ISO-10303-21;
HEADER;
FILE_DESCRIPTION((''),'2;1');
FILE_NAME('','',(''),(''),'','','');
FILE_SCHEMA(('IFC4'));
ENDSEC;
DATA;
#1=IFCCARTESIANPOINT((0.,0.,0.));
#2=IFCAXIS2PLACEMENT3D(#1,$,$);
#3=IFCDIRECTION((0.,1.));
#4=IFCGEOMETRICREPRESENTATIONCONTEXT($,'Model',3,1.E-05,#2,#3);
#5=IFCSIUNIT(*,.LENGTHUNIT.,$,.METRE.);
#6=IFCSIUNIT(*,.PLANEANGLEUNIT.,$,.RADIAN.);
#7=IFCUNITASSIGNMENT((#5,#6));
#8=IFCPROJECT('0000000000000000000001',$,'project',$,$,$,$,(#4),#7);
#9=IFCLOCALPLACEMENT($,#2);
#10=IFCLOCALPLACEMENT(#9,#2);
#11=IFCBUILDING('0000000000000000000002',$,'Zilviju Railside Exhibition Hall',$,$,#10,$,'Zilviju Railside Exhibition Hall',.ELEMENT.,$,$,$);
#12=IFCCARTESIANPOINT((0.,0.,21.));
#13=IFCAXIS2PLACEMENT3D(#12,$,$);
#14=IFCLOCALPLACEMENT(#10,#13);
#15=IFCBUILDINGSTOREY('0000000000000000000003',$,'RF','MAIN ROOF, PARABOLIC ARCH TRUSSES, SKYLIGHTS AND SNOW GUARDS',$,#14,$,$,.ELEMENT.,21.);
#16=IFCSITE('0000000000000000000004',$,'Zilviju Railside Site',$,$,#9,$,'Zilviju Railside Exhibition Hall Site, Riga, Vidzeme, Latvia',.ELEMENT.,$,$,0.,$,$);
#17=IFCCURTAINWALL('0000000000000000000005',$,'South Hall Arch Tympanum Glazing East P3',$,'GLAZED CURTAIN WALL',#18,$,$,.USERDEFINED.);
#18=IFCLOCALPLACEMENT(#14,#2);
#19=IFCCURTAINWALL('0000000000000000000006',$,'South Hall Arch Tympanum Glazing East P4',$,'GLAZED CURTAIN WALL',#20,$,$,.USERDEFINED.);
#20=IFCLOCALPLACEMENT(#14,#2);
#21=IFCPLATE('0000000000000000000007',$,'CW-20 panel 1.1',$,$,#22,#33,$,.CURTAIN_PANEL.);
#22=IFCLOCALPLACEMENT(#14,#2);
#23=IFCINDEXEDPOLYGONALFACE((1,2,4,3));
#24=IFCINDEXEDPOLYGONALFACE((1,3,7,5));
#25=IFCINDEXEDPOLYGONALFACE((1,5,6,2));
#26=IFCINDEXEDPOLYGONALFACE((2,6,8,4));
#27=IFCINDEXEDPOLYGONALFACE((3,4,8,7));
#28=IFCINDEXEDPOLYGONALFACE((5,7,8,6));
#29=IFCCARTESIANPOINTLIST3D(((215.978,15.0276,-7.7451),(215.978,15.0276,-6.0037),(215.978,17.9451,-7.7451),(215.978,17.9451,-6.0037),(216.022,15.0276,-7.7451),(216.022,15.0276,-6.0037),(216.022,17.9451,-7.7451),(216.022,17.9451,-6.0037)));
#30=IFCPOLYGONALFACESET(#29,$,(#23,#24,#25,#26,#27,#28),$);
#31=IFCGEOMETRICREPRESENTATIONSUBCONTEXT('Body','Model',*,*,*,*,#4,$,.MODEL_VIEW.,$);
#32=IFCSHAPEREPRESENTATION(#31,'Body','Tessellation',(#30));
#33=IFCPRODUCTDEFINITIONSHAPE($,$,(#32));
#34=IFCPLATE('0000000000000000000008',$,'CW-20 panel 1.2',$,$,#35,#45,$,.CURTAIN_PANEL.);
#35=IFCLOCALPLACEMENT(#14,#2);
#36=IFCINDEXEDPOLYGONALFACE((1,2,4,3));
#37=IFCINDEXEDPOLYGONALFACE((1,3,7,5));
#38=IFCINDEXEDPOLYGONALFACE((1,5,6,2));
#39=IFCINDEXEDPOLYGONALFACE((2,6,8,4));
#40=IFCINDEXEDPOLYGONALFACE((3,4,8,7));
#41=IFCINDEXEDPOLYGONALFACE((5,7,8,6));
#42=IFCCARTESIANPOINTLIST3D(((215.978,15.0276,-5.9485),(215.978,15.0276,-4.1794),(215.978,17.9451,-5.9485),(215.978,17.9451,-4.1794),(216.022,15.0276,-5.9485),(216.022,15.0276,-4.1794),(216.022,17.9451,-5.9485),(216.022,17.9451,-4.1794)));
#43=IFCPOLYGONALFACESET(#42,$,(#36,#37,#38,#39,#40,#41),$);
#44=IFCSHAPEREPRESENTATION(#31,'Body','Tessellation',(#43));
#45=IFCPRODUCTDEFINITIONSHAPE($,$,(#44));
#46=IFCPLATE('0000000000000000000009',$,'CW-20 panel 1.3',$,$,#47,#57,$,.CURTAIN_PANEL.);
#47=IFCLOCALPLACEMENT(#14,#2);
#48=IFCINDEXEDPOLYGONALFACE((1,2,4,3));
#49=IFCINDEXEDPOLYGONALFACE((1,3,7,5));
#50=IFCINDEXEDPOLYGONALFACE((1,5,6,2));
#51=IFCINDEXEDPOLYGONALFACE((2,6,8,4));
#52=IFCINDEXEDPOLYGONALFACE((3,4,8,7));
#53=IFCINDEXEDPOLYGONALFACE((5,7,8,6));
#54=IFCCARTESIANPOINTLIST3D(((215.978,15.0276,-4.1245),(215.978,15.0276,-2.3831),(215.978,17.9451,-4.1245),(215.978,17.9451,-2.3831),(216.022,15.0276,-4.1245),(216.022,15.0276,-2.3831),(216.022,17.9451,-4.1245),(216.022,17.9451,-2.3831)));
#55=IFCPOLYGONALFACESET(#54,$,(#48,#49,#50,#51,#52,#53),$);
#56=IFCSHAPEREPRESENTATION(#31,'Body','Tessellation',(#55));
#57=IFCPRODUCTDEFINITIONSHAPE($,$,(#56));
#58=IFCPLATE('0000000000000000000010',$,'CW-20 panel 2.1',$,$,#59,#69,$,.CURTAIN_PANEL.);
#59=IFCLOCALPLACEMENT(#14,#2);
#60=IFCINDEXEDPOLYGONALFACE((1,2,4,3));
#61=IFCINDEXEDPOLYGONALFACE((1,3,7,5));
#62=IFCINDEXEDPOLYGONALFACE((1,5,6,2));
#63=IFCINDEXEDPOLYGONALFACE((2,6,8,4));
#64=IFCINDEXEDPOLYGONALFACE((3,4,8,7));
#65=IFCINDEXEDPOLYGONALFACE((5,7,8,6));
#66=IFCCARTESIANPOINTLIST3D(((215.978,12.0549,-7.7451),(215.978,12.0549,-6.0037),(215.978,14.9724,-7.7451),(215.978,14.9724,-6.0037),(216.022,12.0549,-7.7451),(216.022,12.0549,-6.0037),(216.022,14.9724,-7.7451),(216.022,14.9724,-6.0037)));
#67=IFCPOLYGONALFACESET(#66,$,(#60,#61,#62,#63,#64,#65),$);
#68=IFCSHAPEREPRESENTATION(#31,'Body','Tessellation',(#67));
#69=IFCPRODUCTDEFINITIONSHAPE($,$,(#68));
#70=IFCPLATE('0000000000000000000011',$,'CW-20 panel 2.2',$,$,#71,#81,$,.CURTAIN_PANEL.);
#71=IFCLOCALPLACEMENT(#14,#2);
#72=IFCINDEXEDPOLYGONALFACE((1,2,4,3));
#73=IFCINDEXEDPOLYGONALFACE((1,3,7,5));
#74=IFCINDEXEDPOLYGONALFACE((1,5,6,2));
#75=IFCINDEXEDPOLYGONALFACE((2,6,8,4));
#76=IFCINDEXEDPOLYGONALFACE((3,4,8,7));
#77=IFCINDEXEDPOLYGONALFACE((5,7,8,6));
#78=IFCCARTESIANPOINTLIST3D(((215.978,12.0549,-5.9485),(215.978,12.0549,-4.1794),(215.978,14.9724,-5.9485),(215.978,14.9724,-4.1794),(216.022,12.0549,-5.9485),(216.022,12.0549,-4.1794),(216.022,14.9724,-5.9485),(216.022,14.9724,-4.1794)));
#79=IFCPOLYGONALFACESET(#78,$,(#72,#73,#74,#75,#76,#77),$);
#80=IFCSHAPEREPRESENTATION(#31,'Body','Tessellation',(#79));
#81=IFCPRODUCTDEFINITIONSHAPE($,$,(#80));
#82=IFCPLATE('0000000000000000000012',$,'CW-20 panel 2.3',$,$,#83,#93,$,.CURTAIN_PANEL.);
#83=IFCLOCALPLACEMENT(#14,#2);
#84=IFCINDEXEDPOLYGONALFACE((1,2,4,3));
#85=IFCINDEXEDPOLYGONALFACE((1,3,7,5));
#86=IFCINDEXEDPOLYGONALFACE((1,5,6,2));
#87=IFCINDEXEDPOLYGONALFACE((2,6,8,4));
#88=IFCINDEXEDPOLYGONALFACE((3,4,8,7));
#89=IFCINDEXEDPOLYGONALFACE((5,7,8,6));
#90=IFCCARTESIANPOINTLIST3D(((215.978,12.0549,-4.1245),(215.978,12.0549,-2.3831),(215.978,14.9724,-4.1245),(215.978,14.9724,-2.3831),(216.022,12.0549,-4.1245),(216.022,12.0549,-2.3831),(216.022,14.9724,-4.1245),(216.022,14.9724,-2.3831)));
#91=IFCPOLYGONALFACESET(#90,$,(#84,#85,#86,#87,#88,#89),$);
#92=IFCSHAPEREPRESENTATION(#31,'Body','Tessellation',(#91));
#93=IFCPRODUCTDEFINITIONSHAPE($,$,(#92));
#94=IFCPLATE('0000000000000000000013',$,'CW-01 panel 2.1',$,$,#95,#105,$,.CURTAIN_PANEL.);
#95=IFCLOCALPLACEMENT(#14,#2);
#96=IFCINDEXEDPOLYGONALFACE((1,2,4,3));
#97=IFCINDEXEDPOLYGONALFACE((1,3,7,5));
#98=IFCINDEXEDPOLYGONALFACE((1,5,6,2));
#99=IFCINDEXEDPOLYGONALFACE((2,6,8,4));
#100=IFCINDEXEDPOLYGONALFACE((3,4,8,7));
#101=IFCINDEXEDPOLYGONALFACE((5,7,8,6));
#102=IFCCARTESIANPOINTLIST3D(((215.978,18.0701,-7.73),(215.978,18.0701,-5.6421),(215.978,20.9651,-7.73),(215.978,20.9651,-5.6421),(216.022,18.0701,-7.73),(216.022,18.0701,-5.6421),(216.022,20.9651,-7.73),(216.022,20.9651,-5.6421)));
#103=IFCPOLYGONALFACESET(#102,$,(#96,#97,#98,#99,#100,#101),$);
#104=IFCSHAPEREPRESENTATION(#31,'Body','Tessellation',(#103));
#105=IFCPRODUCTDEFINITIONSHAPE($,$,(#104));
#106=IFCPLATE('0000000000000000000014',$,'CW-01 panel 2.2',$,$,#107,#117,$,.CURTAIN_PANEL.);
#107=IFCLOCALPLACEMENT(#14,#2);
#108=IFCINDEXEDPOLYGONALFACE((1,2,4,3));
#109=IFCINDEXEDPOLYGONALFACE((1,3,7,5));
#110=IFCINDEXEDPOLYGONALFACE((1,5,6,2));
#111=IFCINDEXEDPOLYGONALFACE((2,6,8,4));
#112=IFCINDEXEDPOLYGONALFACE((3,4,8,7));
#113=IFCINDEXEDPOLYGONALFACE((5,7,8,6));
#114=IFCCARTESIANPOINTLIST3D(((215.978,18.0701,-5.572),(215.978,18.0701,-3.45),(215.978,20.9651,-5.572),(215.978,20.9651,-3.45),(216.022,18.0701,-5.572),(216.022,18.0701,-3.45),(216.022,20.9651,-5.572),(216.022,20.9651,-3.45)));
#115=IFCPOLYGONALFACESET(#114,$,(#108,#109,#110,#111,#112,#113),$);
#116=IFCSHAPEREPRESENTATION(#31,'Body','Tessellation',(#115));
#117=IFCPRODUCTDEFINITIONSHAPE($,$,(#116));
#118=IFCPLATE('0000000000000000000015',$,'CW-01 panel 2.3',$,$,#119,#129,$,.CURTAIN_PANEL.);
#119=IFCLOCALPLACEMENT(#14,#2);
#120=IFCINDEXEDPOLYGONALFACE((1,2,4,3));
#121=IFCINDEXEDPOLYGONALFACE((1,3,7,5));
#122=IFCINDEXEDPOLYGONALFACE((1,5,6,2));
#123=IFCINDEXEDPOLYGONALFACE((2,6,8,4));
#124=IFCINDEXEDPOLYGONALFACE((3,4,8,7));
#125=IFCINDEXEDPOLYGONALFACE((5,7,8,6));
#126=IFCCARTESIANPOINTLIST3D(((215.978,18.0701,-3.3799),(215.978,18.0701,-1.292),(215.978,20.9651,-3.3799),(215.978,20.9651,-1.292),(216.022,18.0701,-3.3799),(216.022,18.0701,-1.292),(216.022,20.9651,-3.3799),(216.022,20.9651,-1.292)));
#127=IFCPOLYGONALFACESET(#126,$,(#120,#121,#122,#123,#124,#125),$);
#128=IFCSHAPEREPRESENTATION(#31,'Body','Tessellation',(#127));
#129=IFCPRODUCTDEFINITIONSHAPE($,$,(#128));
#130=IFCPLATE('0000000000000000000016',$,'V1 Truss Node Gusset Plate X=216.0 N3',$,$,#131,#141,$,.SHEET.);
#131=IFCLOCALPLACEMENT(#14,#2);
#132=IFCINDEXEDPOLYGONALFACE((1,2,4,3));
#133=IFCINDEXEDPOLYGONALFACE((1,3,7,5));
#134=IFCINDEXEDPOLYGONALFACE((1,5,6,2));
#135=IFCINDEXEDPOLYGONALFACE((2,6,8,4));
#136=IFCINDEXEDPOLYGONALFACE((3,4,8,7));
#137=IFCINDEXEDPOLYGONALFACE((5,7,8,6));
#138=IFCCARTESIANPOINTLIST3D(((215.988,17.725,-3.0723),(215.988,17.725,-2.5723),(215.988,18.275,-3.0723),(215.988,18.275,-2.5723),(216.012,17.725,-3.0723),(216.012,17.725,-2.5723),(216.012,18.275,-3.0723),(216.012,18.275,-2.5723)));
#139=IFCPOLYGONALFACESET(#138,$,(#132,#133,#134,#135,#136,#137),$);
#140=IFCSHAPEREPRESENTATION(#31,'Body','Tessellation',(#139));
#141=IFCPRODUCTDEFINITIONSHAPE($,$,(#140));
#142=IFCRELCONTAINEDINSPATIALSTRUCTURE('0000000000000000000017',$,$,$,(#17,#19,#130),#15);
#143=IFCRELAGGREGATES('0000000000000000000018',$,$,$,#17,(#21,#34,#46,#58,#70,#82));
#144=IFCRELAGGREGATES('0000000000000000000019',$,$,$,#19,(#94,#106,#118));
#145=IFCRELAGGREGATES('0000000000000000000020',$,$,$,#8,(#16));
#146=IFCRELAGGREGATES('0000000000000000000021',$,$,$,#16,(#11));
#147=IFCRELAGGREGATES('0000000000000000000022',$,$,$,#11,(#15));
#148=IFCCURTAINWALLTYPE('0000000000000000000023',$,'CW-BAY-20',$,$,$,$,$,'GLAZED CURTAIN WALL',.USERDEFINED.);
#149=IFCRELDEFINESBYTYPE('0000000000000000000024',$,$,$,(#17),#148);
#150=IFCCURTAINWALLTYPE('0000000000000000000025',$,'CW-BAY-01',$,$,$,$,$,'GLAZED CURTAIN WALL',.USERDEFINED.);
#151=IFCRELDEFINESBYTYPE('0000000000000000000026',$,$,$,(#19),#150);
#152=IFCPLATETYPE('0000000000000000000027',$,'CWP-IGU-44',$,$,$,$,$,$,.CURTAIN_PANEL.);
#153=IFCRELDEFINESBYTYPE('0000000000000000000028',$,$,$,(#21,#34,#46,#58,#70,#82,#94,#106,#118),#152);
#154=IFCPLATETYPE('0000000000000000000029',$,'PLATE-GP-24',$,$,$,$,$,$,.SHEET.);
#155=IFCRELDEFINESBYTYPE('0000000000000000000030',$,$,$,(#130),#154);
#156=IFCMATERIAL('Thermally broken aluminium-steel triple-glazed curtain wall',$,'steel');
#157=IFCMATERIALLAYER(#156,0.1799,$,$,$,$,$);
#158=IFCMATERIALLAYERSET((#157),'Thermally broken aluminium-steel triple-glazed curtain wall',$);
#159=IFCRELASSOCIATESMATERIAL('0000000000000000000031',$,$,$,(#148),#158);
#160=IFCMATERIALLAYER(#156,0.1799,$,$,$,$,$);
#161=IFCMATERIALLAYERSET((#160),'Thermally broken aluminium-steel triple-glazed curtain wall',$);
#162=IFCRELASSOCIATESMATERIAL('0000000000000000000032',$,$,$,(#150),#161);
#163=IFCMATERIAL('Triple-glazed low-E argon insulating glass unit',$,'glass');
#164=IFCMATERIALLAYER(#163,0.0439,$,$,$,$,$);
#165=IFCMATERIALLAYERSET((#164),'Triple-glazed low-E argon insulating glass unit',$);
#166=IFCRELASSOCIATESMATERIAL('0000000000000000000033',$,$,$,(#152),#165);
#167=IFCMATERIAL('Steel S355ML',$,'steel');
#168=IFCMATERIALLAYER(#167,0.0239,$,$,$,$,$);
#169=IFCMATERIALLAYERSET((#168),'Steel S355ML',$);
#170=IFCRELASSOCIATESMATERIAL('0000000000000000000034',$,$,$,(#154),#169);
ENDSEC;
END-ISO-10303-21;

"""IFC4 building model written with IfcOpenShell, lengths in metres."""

from ifc_helpers import new_model, si_unit, direction, frame, origin, origin_2d, place, context, subcontext, project, spatial, rectangle, extrude, material, layer, layer_set, type_object, element, aggregate, save


model = new_model("IFC4")

# Units and contexts
model_context = context("Model", 3, precision=1e-05, world=origin(), true_north=direction((0.0, 1.0)))
body_context = subcontext(model_context, "Body", "Model", "MODEL_VIEW")
ifc_project = project(units=[si_unit("LENGTHUNIT", "METRE"), si_unit("PLANEANGLEUNIT", "RADIAN")], contexts=[model_context])

# Site, building, storey
site_placement = place(None, origin())
site = spatial("IfcSite", under=ifc_project, at=site_placement, Name="Zilviju Railside Site", LongName="Zilviju Railside Exhibition Hall Site, Riga, Vidzeme, Latvia", CompositionType="ELEMENT", RefElevation=0.0)
building_placement = place(site_placement, origin())
building = spatial("IfcBuilding", under=site, at=building_placement, Name="Zilviju Railside Exhibition Hall", LongName="Zilviju Railside Exhibition Hall", CompositionType="ELEMENT")
storey_placement = place(building_placement, frame((0.0, 0.0, 21.0)))
storey = spatial("IfcBuildingStorey", under=building, at=storey_placement, Name="RF", Description="MAIN ROOF, PARABOLIC ARCH TRUSSES, SKYLIGHTS AND SNOW GUARDS", CompositionType="ELEMENT", Elevation=21.0)

# Curtain wall
ifc_material_1 = material(Name="Thermally broken aluminium-steel triple-glazed curtain wall", Category="steel")
ifc_layer_1 = layer(ifc_material_1, 0.1799)
ifc_layer_set_1 = layer_set([ifc_layer_1], Name="Thermally broken aluminium-steel triple-glazed curtain wall")
curtain_wall_type_1 = type_object("IfcCurtainWallType", Name="CW-BAY-20", ElementType="GLAZED CURTAIN WALL", PredefinedType="USERDEFINED", material=ifc_layer_set_1)
curtain_wall_1_placement = place(storey_placement, origin())
curtain_wall_1 = element("IfcCurtainWall", 1, at=curtain_wall_1_placement, inside=storey, type_object=curtain_wall_type_1, Name="South Hall Arch Tympanum Glazing East P3", ObjectType="GLAZED CURTAIN WALL", PredefinedType="USERDEFINED")

# Curtain wall
ifc_layer_2 = layer(ifc_material_1, 0.1799)
ifc_layer_set_2 = layer_set([ifc_layer_2], Name="Thermally broken aluminium-steel triple-glazed curtain wall")
curtain_wall_type_2 = type_object("IfcCurtainWallType", Name="CW-BAY-01", ElementType="GLAZED CURTAIN WALL", PredefinedType="USERDEFINED", material=ifc_layer_set_2)
curtain_wall_2_placement = place(storey_placement, origin())
curtain_wall_2 = element("IfcCurtainWall", 2, at=curtain_wall_2_placement, inside=storey, type_object=curtain_wall_type_2, Name="South Hall Arch Tympanum Glazing East P4", ObjectType="GLAZED CURTAIN WALL", PredefinedType="USERDEFINED")

# Shared definitions
ifc_material_2 = material(Name="Steel S355ML", Category="steel")

# Plates
ifc_material_3 = material(Name="Triple-glazed low-E argon insulating glass unit", Category="glass")
ifc_layer_3 = layer(ifc_material_3, 0.0439)
ifc_layer_set_3 = layer_set([ifc_layer_3], Name="Triple-glazed low-E argon insulating glass unit")
plate_type_1 = type_object("IfcPlateType", Name="CWP-IGU-44", PredefinedType="CURTAIN_PANEL", material=ifc_layer_set_3)
plate_1_placement = place(storey_placement, frame((216.0, 16.4863, -7.7451), z_axis=(0.0, 0.0, 1.0), x_axis=(0.0, -1.0, 0.0)))
plate_1 = element("IfcPlate", 3, at=plate_1_placement, type_object=plate_type_1, Name="CW-20 panel 1.1", PredefinedType="CURTAIN_PANEL", context=body_context, shape_type="SweptSolid", body=[
    extrude(rectangle(XDim=2.9175, YDim=0.0439, at=origin_2d()), origin(), (0.0, 0.0, 1.0), 1.7415),
])
plate_2_placement = place(storey_placement, frame((216.0, 16.4863, -5.9485), z_axis=(0.0, 0.0, 1.0), x_axis=(0.0, -1.0, 0.0)))
plate_2 = element("IfcPlate", 4, at=plate_2_placement, type_object=plate_type_1, Name="CW-20 panel 1.2", PredefinedType="CURTAIN_PANEL", context=body_context, shape_type="SweptSolid", body=[
    extrude(rectangle(XDim=2.9175, YDim=0.0439, at=origin_2d()), origin(), (0.0, 0.0, 1.0), 1.769),
])
plate_3_placement = place(storey_placement, frame((216.0, 16.4863, -4.1245), z_axis=(0.0, 0.0, 1.0), x_axis=(0.0, -1.0, 0.0)))
plate_3 = element("IfcPlate", 5, at=plate_3_placement, type_object=plate_type_1, Name="CW-20 panel 1.3", PredefinedType="CURTAIN_PANEL", context=body_context, shape_type="SweptSolid", body=[
    extrude(rectangle(XDim=2.9175, YDim=0.0439, at=origin_2d()), origin(), (0.0, 0.0, 1.0), 1.7415),
])
plate_4_placement = place(storey_placement, frame((216.0, 13.5137, -7.7451), z_axis=(0.0, 0.0, 1.0), x_axis=(0.0, -1.0, 0.0)))
plate_4 = element("IfcPlate", 6, at=plate_4_placement, type_object=plate_type_1, Name="CW-20 panel 2.1", PredefinedType="CURTAIN_PANEL", context=body_context, shape_type="SweptSolid", body=[
    extrude(rectangle(XDim=2.9175, YDim=0.0439, at=origin_2d()), origin(), (0.0, 0.0, 1.0), 1.7415),
])
plate_5_placement = place(storey_placement, frame((216.0, 13.5137, -5.9485), z_axis=(0.0, 0.0, 1.0), x_axis=(0.0, -1.0, 0.0)))
plate_5 = element("IfcPlate", 7, at=plate_5_placement, type_object=plate_type_1, Name="CW-20 panel 2.2", PredefinedType="CURTAIN_PANEL", context=body_context, shape_type="SweptSolid", body=[
    extrude(rectangle(XDim=2.9175, YDim=0.0439, at=origin_2d()), origin(), (0.0, 0.0, 1.0), 1.769),
])
plate_6_placement = place(storey_placement, frame((216.0, 13.5137, -4.1245), z_axis=(0.0, 0.0, 1.0), x_axis=(0.0, -1.0, 0.0)))
plate_6 = element("IfcPlate", 8, at=plate_6_placement, type_object=plate_type_1, Name="CW-20 panel 2.3", PredefinedType="CURTAIN_PANEL", context=body_context, shape_type="SweptSolid", body=[
    extrude(rectangle(XDim=2.9175, YDim=0.0439, at=origin_2d()), origin(), (0.0, 0.0, 1.0), 1.7415),
])
aggregate(curtain_wall_1, [plate_1, plate_2, plate_3, plate_4, plate_5, plate_6])
plate_7_placement = place(storey_placement, frame((216.0, 19.5176, -7.73), z_axis=(0.0, 0.0, 1.0), x_axis=(0.0, -1.0, 0.0)))
plate_7 = element("IfcPlate", 9, at=plate_7_placement, type_object=plate_type_1, Name="CW-01 panel 2.1", PredefinedType="CURTAIN_PANEL", context=body_context, shape_type="SweptSolid", body=[
    extrude(rectangle(XDim=2.895, YDim=0.0439, at=origin_2d()), origin(), (0.0, 0.0, 1.0), 2.0879),
])
plate_8_placement = place(storey_placement, frame((216.0, 19.5176, -5.572), z_axis=(0.0, 0.0, 1.0), x_axis=(0.0, -1.0, 0.0)))
plate_8 = element("IfcPlate", 10, at=plate_8_placement, type_object=plate_type_1, Name="CW-01 panel 2.2", PredefinedType="CURTAIN_PANEL", context=body_context, shape_type="SweptSolid", body=[
    extrude(rectangle(XDim=2.895, YDim=0.0439, at=origin_2d()), origin(), (0.0, 0.0, 1.0), 2.1221),
])
plate_9_placement = place(storey_placement, frame((216.0, 19.5176, -3.3799), z_axis=(0.0, 0.0, 1.0), x_axis=(0.0, -1.0, 0.0)))
plate_9 = element("IfcPlate", 11, at=plate_9_placement, type_object=plate_type_1, Name="CW-01 panel 2.3", PredefinedType="CURTAIN_PANEL", context=body_context, shape_type="SweptSolid", body=[
    extrude(rectangle(XDim=2.895, YDim=0.0439, at=origin_2d()), origin(), (0.0, 0.0, 1.0), 2.0879),
])
aggregate(curtain_wall_2, [plate_7, plate_8, plate_9])
ifc_layer_4 = layer(ifc_material_2, 0.0239)
ifc_layer_set_4 = layer_set([ifc_layer_4], Name="Steel S355ML")
plate_type_2 = type_object("IfcPlateType", Name="PLATE-GP-24", PredefinedType="SHEET", material=ifc_layer_set_4)
plate_10_placement = place(storey_placement, frame((216.0, 18.0, -3.0723), z_axis=(0.0, 0.0, 1.0), x_axis=(1.0, 0.0, 0.0)))
element("IfcPlate", 12, at=plate_10_placement, inside=storey, type_object=plate_type_2, Name="V1 Truss Node Gusset Plate X=216.0 N3", PredefinedType="SHEET", context=body_context, shape_type="SweptSolid", body=[
    extrude(rectangle(XDim=0.0239, YDim=0.55, at=origin_2d()), origin(), (0.0, 0.0, 1.0), 0.5),
])

save(model, "model.ifc")
